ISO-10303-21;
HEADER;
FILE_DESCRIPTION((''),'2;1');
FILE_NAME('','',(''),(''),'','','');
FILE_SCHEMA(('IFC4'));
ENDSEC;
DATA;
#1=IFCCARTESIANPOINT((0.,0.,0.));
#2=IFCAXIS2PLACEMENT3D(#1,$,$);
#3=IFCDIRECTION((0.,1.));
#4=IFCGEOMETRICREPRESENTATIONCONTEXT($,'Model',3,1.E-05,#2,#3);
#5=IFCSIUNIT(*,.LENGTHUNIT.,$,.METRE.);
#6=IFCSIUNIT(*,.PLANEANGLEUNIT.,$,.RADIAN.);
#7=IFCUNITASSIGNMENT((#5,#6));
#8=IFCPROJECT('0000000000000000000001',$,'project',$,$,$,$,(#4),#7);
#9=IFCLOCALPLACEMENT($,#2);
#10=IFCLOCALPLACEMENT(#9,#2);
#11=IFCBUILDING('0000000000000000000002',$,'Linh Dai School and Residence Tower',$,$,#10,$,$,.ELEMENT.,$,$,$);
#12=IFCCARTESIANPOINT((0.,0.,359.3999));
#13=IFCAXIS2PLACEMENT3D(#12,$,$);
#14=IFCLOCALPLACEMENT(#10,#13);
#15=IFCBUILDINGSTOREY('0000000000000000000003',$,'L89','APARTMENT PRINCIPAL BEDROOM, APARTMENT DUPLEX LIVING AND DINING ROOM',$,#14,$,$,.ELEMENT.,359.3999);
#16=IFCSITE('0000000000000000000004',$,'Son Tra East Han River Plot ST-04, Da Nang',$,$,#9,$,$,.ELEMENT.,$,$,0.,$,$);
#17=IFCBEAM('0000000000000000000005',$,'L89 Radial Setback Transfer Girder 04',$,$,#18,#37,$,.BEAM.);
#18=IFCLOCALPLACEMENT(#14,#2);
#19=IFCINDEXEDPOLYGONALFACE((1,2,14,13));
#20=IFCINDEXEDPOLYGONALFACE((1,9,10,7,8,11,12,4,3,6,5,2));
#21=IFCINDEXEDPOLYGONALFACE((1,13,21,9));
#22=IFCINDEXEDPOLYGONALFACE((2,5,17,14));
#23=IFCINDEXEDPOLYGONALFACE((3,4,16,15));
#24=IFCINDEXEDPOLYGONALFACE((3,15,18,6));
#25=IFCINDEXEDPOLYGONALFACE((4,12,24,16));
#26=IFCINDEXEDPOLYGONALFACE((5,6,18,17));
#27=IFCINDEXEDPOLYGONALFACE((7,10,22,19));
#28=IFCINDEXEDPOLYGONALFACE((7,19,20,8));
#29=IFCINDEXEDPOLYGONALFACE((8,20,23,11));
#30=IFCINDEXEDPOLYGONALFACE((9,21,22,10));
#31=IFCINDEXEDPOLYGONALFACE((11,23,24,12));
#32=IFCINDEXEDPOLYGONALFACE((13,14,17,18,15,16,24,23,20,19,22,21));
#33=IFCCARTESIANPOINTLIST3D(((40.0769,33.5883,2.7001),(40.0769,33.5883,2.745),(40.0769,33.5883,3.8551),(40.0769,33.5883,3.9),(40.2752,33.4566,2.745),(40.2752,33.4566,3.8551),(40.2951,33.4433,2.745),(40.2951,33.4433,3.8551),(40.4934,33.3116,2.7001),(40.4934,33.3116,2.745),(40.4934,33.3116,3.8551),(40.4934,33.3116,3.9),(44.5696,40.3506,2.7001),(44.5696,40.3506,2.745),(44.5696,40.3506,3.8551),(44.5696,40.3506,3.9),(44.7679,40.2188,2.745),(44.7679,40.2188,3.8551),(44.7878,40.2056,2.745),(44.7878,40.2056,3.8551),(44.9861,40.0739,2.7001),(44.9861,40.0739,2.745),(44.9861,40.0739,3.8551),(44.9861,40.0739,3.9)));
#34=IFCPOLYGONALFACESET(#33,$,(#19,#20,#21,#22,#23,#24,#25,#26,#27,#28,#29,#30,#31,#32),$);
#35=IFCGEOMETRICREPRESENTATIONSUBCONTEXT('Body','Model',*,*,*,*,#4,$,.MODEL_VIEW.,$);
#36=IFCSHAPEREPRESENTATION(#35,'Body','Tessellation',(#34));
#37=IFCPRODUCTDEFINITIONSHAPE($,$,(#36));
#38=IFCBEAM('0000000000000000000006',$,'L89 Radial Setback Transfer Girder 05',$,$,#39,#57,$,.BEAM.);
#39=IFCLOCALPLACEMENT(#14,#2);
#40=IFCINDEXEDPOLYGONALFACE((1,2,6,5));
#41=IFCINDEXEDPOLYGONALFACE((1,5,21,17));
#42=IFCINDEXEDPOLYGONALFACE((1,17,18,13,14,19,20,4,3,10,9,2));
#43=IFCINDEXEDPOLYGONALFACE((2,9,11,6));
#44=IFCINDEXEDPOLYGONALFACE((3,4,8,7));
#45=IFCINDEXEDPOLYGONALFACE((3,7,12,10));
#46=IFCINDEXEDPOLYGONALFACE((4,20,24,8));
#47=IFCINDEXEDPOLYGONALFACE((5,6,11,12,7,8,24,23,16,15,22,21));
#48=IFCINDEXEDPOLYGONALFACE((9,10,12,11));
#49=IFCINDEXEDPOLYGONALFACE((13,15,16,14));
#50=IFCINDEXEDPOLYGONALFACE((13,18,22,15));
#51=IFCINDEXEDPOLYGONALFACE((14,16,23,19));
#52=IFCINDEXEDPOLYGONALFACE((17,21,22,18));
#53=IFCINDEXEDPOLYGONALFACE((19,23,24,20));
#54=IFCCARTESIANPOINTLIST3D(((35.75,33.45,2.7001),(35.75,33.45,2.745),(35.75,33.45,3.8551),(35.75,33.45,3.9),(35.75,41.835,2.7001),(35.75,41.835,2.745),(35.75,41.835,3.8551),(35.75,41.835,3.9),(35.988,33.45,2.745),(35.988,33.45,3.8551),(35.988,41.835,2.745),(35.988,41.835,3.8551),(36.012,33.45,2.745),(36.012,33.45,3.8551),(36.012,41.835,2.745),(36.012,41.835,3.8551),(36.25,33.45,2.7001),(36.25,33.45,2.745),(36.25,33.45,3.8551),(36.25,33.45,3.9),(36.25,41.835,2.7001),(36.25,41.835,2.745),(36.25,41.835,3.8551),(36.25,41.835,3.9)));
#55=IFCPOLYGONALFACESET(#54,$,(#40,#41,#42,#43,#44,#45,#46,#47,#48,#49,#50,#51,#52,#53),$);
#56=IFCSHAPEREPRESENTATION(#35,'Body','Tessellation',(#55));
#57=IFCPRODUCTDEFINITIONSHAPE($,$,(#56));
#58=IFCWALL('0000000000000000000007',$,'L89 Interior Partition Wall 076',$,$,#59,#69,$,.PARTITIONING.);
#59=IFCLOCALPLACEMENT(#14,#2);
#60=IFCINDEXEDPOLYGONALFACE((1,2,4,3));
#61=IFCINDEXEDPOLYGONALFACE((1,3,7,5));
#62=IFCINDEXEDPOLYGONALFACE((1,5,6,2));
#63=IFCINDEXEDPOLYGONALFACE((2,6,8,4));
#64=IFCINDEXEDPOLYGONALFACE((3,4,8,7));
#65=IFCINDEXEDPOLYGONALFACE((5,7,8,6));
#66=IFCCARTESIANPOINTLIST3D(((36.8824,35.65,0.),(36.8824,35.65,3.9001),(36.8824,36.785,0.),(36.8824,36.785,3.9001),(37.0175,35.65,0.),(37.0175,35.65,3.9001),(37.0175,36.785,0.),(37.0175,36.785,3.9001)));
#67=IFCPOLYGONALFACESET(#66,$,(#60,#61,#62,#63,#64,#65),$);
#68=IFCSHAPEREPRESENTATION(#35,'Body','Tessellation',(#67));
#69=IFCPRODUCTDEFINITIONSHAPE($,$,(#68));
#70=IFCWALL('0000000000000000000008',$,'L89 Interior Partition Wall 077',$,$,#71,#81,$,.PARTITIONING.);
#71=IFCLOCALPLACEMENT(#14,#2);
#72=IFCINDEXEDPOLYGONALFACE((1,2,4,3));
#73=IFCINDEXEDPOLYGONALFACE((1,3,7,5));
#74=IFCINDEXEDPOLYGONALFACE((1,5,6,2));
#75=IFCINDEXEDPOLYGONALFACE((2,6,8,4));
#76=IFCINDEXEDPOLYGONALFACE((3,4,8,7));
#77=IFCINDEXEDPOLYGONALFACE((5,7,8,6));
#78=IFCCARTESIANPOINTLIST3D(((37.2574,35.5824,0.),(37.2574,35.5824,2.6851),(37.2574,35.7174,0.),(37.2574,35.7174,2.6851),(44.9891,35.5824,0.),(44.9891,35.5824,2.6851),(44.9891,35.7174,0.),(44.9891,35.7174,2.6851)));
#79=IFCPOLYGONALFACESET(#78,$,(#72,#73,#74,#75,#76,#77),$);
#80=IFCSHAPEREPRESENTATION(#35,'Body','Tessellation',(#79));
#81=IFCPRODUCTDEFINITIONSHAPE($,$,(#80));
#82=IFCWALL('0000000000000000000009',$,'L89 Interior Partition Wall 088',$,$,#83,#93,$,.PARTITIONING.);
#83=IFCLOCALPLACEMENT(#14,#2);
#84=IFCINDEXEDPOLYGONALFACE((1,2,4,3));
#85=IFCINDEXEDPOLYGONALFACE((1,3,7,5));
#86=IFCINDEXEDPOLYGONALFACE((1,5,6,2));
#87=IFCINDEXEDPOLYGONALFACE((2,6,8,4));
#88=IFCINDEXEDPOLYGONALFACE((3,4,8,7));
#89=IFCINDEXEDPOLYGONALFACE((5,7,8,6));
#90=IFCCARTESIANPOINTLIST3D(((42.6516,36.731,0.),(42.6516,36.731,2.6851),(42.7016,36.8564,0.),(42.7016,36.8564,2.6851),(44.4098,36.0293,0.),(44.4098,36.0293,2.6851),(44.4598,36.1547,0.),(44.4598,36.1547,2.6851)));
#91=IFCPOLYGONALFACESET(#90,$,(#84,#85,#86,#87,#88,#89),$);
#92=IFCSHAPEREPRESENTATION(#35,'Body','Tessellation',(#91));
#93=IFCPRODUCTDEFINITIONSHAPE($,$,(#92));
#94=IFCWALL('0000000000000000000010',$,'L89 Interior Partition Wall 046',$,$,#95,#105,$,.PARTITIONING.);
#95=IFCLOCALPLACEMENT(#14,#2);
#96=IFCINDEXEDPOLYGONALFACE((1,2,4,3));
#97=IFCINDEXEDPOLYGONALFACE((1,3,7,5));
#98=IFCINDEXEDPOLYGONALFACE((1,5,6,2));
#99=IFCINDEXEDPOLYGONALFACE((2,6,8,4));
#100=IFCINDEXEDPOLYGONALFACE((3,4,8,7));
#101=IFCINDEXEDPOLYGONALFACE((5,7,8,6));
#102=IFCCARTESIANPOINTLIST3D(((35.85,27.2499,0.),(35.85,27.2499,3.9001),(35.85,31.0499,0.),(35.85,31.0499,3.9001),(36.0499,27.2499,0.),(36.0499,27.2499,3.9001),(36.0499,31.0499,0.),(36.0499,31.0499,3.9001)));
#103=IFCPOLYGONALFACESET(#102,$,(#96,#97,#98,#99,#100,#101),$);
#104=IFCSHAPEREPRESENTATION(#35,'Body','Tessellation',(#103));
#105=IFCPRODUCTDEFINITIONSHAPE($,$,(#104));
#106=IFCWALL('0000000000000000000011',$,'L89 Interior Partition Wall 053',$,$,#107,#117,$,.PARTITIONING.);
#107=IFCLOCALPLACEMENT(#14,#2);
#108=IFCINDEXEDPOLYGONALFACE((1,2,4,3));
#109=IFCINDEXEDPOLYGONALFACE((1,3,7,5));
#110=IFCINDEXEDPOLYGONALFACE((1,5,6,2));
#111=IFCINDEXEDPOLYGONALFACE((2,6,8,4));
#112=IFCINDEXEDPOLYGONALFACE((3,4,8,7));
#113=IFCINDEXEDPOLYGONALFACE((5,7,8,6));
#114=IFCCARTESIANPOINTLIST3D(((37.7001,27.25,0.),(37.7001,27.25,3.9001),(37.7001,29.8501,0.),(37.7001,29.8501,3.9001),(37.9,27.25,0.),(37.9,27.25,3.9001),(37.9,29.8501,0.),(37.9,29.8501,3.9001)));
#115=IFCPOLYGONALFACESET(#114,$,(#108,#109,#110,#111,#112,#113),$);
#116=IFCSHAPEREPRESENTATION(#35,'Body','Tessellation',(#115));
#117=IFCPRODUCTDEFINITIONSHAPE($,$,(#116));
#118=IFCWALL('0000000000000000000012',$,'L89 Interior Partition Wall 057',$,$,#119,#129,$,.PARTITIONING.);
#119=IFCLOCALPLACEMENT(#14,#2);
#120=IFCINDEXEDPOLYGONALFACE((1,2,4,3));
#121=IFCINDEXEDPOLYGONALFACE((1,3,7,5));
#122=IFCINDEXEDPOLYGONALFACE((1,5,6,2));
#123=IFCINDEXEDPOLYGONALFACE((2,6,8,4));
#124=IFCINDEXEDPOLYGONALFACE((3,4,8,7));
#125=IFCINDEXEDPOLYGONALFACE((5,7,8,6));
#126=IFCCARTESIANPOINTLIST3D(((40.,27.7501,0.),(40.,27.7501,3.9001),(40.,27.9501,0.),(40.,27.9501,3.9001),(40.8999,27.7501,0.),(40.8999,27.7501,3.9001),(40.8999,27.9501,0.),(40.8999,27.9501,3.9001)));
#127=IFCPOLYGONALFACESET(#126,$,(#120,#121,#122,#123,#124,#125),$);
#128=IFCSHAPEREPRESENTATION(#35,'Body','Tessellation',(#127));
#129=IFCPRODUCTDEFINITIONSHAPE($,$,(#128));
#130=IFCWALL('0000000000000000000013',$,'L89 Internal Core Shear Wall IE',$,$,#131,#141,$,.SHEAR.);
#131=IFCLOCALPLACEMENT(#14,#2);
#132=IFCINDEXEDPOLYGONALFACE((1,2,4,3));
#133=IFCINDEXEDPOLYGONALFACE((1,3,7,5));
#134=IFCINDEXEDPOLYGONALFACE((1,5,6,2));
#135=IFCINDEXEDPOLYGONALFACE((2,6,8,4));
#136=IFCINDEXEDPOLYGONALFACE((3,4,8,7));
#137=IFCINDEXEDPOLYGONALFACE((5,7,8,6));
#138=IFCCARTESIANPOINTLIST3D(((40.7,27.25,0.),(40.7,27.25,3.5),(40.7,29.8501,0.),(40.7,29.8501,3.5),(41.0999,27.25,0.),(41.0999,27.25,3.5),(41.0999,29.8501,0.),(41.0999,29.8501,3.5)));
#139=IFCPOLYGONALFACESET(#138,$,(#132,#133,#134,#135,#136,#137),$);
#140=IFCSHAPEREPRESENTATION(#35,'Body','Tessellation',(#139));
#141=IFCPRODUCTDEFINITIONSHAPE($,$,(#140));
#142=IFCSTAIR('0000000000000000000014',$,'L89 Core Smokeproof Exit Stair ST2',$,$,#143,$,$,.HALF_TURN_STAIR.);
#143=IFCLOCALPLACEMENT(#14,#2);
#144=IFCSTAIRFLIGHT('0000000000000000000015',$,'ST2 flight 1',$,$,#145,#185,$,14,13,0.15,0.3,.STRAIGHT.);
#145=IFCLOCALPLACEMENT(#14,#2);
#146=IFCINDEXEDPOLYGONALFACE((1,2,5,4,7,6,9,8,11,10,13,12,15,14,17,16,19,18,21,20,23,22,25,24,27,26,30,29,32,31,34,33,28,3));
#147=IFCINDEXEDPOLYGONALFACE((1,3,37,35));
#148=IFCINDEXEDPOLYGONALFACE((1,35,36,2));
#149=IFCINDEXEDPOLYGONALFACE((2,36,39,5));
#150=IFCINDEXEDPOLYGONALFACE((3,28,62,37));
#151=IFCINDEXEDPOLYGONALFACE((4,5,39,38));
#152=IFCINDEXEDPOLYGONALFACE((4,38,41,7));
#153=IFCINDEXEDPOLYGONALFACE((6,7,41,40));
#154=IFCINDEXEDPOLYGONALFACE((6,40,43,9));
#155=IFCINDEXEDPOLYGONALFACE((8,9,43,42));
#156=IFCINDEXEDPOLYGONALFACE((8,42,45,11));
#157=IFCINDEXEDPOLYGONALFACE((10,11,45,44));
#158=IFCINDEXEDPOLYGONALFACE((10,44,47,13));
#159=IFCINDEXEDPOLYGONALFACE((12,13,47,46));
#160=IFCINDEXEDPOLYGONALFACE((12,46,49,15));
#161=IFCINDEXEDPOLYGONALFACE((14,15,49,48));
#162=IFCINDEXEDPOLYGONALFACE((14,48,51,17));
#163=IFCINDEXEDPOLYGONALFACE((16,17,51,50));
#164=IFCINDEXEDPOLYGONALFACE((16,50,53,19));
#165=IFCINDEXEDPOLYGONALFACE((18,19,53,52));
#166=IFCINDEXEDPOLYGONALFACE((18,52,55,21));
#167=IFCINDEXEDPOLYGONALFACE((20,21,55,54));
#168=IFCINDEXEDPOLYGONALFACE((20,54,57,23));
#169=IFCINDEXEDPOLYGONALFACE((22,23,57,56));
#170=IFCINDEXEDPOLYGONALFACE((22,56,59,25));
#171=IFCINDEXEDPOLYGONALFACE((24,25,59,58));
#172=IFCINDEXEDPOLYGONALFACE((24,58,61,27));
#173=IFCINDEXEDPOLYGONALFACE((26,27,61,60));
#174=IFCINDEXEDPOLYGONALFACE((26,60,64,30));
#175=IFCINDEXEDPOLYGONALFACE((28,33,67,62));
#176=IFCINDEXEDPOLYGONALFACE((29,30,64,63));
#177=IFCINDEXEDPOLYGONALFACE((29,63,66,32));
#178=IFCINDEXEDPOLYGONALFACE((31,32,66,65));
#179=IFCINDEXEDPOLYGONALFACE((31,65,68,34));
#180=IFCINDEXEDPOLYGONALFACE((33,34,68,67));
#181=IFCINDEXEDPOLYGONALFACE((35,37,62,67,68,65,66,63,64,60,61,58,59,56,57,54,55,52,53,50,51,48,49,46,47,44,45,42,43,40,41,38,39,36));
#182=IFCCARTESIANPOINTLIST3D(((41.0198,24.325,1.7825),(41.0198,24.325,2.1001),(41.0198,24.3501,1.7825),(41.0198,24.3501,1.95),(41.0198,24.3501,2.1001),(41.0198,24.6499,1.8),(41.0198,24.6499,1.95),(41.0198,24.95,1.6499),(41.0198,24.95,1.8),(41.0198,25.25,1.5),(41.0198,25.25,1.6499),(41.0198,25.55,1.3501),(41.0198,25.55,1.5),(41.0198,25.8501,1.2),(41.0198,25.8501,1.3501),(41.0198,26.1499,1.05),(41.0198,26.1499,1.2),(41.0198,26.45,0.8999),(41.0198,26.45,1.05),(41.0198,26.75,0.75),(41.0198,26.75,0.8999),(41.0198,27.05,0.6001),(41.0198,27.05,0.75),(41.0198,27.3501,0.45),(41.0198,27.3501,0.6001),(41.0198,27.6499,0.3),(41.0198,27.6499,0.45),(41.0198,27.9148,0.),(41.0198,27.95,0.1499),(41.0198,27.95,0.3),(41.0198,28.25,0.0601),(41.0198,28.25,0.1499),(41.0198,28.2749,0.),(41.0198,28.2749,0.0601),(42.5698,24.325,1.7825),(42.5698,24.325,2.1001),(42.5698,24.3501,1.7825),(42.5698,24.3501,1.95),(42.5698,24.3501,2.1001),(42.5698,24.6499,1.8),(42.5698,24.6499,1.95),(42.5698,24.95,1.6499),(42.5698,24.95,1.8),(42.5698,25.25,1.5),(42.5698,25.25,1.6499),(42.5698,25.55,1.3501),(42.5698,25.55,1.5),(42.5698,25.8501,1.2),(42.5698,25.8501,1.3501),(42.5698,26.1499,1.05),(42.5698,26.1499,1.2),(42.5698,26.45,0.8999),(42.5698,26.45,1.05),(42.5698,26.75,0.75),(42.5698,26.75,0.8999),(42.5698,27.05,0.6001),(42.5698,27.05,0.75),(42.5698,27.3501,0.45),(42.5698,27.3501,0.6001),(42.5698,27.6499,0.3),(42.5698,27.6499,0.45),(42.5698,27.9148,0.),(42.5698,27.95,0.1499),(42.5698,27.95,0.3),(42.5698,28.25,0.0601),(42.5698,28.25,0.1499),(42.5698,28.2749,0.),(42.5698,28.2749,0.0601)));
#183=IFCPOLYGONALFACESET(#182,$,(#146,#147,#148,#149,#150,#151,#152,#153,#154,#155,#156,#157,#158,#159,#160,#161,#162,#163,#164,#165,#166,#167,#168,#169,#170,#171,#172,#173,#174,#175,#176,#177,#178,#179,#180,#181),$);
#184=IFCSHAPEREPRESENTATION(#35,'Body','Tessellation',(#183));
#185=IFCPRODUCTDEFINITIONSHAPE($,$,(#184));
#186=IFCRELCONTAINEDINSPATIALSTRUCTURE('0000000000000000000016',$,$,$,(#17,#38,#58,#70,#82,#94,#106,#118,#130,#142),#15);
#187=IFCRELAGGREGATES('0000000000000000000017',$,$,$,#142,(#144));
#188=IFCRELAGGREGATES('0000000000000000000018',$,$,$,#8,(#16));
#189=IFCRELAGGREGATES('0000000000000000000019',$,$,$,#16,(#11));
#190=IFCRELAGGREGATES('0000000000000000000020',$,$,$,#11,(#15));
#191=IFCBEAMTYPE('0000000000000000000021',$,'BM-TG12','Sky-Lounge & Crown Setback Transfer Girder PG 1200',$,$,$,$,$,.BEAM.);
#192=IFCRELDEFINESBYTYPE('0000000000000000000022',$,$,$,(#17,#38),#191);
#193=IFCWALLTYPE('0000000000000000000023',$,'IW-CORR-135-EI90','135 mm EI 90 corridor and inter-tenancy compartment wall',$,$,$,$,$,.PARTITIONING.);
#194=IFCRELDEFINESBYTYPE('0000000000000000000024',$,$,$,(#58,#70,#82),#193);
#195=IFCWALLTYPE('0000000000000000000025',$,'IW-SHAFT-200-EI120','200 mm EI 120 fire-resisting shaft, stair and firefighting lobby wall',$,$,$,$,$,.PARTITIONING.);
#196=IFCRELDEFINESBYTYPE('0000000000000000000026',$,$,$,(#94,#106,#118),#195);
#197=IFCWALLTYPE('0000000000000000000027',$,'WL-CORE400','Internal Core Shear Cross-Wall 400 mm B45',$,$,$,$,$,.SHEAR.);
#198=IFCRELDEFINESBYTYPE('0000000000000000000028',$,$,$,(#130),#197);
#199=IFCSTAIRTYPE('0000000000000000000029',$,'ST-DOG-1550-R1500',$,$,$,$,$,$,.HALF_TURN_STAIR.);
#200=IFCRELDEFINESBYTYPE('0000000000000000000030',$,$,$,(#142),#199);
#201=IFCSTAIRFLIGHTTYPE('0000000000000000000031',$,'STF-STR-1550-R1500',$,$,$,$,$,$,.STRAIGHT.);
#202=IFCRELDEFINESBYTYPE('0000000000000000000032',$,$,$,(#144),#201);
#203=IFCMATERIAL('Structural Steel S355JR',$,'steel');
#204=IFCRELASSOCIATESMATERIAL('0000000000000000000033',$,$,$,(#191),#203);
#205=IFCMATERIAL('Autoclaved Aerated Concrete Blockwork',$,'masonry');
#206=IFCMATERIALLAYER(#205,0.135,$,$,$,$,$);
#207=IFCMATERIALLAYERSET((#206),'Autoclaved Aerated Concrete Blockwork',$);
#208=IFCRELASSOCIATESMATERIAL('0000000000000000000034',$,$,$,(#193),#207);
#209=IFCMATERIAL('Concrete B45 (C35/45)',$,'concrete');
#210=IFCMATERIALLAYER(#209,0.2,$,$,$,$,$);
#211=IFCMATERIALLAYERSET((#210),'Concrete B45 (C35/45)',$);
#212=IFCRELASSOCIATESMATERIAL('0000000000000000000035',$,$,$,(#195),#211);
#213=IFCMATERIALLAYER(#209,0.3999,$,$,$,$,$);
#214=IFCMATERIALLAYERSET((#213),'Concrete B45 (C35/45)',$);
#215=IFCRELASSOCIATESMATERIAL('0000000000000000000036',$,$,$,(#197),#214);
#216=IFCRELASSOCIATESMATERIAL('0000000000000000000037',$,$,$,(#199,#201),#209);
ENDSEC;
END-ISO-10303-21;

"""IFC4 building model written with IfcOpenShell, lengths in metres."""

from ifc_helpers import new_model, si_unit, direction, frame, frame_2d, origin, origin_2d, place, context, subcontext, project, spatial, polyline, rectangle, i_section, outline, extrude, source, transform, mapped, material, layer, layer_set, material_profile, profile_set, type_object, element, aggregate, save


model = new_model("IFC4")

# Units and contexts
model_context = context("Model", 3, precision=1e-05, world=origin(), true_north=direction((0.0, 1.0)))
body_context = subcontext(model_context, "Body", "Model", "MODEL_VIEW")
ifc_project = project(units=[si_unit("LENGTHUNIT", "METRE"), si_unit("PLANEANGLEUNIT", "RADIAN")], contexts=[model_context])

# Site, building, storey
site_placement = place(None, origin())
site = spatial("IfcSite", under=ifc_project, at=site_placement, Name="Son Tra East Han River Plot ST-04, Da Nang", CompositionType="ELEMENT", RefElevation=0.0)
building_placement = place(site_placement, origin())
building = spatial("IfcBuilding", under=site, at=building_placement, Name="Linh Dai School and Residence Tower", CompositionType="ELEMENT")
storey_placement = place(building_placement, frame((0.0, 0.0, 359.3999)))
storey = spatial("IfcBuildingStorey", under=building, at=storey_placement, Name="L89", Description="APARTMENT PRINCIPAL BEDROOM, APARTMENT DUPLEX LIVING AND DINING ROOM", CompositionType="ELEMENT", Elevation=359.3999)

# Shared definitions
ifc_material_1 = material(Name="Structural Steel S355JR", Category="steel")

# Beams
ifc_material_profile_1 = material_profile(ifc_material_1, i_section(OverallWidth=0.5, OverallDepth=1.2, WebThickness=0.0239, FlangeThickness=0.0449, at=origin_2d()), Name="PG 1200x500x24x45")
ifc_profile_set_1 = profile_set([ifc_material_profile_1], Name="Structural Steel S355JR")
beam_type_1 = type_object("IfcBeamType", Name="BM-TG12", Description="Sky-Lounge & Crown Setback Transfer Girder PG 1200", PredefinedType="BEAM", material=ifc_profile_set_1)
beam_1_placement = place(storey_placement, frame((40.2852, 33.45, 3.3), z_axis=(0.553381, 0.832928, 0.0), x_axis=(-0.832928, 0.553381, 0.0)))
element("IfcBeam", 1, at=beam_1_placement, inside=storey, type_object=beam_type_1, Name="L89 Radial Setback Transfer Girder 04", PredefinedType="BEAM", context=body_context, shape_type="SweptSolid", body=[
    extrude(i_section(OverallWidth=0.5, OverallDepth=1.2, WebThickness=0.0239, FlangeThickness=0.0449, at=origin_2d()), origin(), (0.0, 0.0, 1.0), 8.1187),
])
beam_2_placement = place(storey_placement, frame((36.0, 33.45, 3.3), z_axis=(0.0, 1.0, 0.0), x_axis=(-1.0, 0.0, 0.0)))
element("IfcBeam", 2, at=beam_2_placement, inside=storey, type_object=beam_type_1, Name="L89 Radial Setback Transfer Girder 05", PredefinedType="BEAM", context=body_context, shape_type="SweptSolid", body=[
    extrude(i_section(OverallWidth=0.5, OverallDepth=1.2, WebThickness=0.0239, FlangeThickness=0.0449, at=origin_2d()), origin(), (0.0, 0.0, 1.0), 8.385),
])

# Walls
ifc_material_2 = material(Name="Autoclaved Aerated Concrete Blockwork", Category="masonry")
ifc_layer_1 = layer(ifc_material_2, 0.135)
ifc_layer_set_1 = layer_set([ifc_layer_1], Name="Autoclaved Aerated Concrete Blockwork")
wall_type_1 = type_object("IfcWallType", Name="IW-CORR-135-EI90", Description="135 mm EI 90 corridor and inter-tenancy compartment wall", PredefinedType="PARTITIONING", material=ifc_layer_set_1)
wall_1_placement = place(storey_placement, frame((36.95, 36.7849, 0.0), z_axis=(0.0, 0.0, 1.0), x_axis=(0.0, -1.0, 0.0)))
element("IfcWall", 3, at=wall_1_placement, inside=storey, type_object=wall_type_1, Name="L89 Interior Partition Wall 076", PredefinedType="PARTITIONING", context=body_context, shape_type="SweptSolid", body=[
    extrude(rectangle(XDim=1.135, YDim=0.135, at=frame_2d((0.5674, 0.0))), origin(), (0.0, 0.0, 1.0), 3.9001),
])
wall_2_placement = place(storey_placement, frame((37.2576, 35.6499, 0.0), z_axis=(0.0, 0.0, 1.0), x_axis=(1.0, 0.0, 0.0)))
element("IfcWall", 4, at=wall_2_placement, inside=storey, type_object=wall_type_1, Name="L89 Interior Partition Wall 077", PredefinedType="PARTITIONING", context=body_context, shape_type="SweptSolid", body=[
    extrude(rectangle(XDim=7.7317, YDim=0.135, at=frame_2d((3.8657, 0.0))), origin(), (0.0, 0.0, 1.0), 2.6851),
])
wall_3_placement = place(storey_placement, frame((44.4348, 36.092, 0.0), z_axis=(0.0, 0.0, 1.0), x_axis=(-0.928779, 0.370635, 0.0)))
element("IfcWall", 5, at=wall_3_placement, inside=storey, type_object=wall_type_1, Name="L89 Interior Partition Wall 088", PredefinedType="PARTITIONING", context=body_context, shape_type="SweptSolid", body=[
    extrude(rectangle(XDim=1.8931, YDim=0.135, at=frame_2d((0.9465, 0.0))), origin(), (0.0, 0.0, 1.0), 2.6851),
])
ifc_material_3 = material(Name="Concrete B45 (C35/45)", Category="concrete")
ifc_layer_2 = layer(ifc_material_3, 0.2)
ifc_layer_set_2 = layer_set([ifc_layer_2], Name="Concrete B45 (C35/45)")
wall_type_2 = type_object("IfcWallType", Name="IW-SHAFT-200-EI120", Description="200 mm EI 120 fire-resisting shaft, stair and firefighting lobby wall", PredefinedType="PARTITIONING", material=ifc_layer_set_2)
wall_4_placement = place(storey_placement, frame((35.95, 27.25, 0.0), z_axis=(0.0, 0.0, 1.0), x_axis=(0.0, 1.0, 0.0)))
element("IfcWall", 6, at=wall_4_placement, inside=storey, type_object=wall_type_2, Name="L89 Interior Partition Wall 046", PredefinedType="PARTITIONING", context=body_context, shape_type="SweptSolid", body=[
    extrude(rectangle(XDim=3.8, YDim=0.2, at=frame_2d((1.8999, 0.0))), origin(), (0.0, 0.0, 1.0), 3.9001),
])

# Walls
wall_5_placement = place(storey_placement, frame((37.8, 27.25, 0.0), z_axis=(0.0, 0.0, 1.0), x_axis=(0.0, 1.0, 0.0)))
element("IfcWall", 7, at=wall_5_placement, inside=storey, type_object=wall_type_2, Name="L89 Interior Partition Wall 053", PredefinedType="PARTITIONING", context=body_context, shape_type="SweptSolid", body=[
    extrude(rectangle(XDim=2.6001, YDim=0.2, at=frame_2d((1.3, 0.0))), origin(), (0.0, 0.0, 1.0), 3.9001),
])
wall_6_placement = place(storey_placement, frame((40.0, 27.8501, 0.0), z_axis=(0.0, 0.0, 1.0), x_axis=(1.0, 0.0, 0.0)))
element("IfcWall", 8, at=wall_6_placement, inside=storey, type_object=wall_type_2, Name="L89 Interior Partition Wall 057", PredefinedType="PARTITIONING", context=body_context, shape_type="SweptSolid", body=[
    extrude(rectangle(XDim=0.8999, YDim=0.2, at=frame_2d((0.45, 0.0))), origin(), (0.0, 0.0, 1.0), 3.9001),
])
ifc_layer_3 = layer(ifc_material_3, 0.3999)
ifc_layer_set_3 = layer_set([ifc_layer_3], Name="Concrete B45 (C35/45)")
wall_type_3 = type_object("IfcWallType", Name="WL-CORE400", Description="Internal Core Shear Cross-Wall 400 mm B45", PredefinedType="SHEAR", material=ifc_layer_set_3)
wall_7_placement = place(storey_placement, frame((40.8999, 27.25, 0.0), z_axis=(0.0, 0.0, 1.0), x_axis=(0.0, 1.0, 0.0)))
element("IfcWall", 9, at=wall_7_placement, inside=storey, type_object=wall_type_3, Name="L89 Internal Core Shear Wall IE", PredefinedType="SHEAR", context=body_context, shape_type="SweptSolid", body=[
    extrude(rectangle(XDim=2.6001, YDim=0.3999, at=frame_2d((1.3, 0.0))), origin(), (0.0, 0.0, 1.0), 3.5),
])

# Stair, stair flight
stair_type = type_object("IfcStairType", Name="ST-DOG-1550-R1500", PredefinedType="HALF_TURN_STAIR", material=ifc_material_3)
stair_placement = place(storey_placement, origin())
stair = element("IfcStair", 10, at=stair_placement, inside=storey, type_object=stair_type, Name="L89 Core Smokeproof Exit Stair ST2", PredefinedType="HALF_TURN_STAIR")
stair_flight_type = type_object("IfcStairFlightType", Name="STF-STR-1550-R1500", PredefinedType="STRAIGHT", material=ifc_material_3)
shared_shape_1 = source(origin(), body_context, "Body", "SweptSolid", [
    extrude(outline(polyline([(-0.0249, 0.0), (-0.0249, 0.0601), (0.0, 0.0601), (0.0, 0.1499), (0.3, 0.1499), (0.3, 0.3), (0.6001, 0.3), (0.6001, 0.45), (0.8999, 0.45), (0.8999, 0.6001), (1.2, 0.6001), (1.2, 0.75), (1.5, 0.75), (1.5, 0.8999), (1.8, 0.8999), (1.8, 1.05), (2.1001, 1.05), (2.1001, 1.2), (2.3999, 1.2), (2.3999, 1.3501), (2.7, 1.3501), (2.7, 1.5), (3.0, 1.5), (3.0, 1.6499), (3.3, 1.6499), (3.3, 1.8), (3.6001, 1.8), (3.6001, 1.95), (3.8999, 1.95), (3.8999, 2.1001), (3.925, 2.1001), (3.925, 1.7825), (3.8999, 1.7825), (0.3352, 0.0), (-0.0249, 0.0)])), frame((0.0, 0.7749, 0.0), z_axis=(0.0, -1.0, 0.0), x_axis=(1.0, 0.0, 0.0)), (0.0, 0.0, 1.0), 1.55),
])
stair_flight_placement = place(storey_placement, frame((41.7949, 28.25, 0.0), z_axis=(0.0, 0.0, 1.0), x_axis=(0.0, -1.0, 0.0)))
stair_flight = element("IfcStairFlight", 11, at=stair_flight_placement, type_object=stair_flight_type, Name="ST2 flight 1", NumberOfRisers=14, NumberOfTreads=13, PredefinedType="STRAIGHT", RiserHeight=0.15, TreadLength=0.3, context=body_context, shape_type="MappedRepresentation", body=[
    mapped(shared_shape_1, transform((0.0, 0.0, 0.0), x_axis=(1.0, 0.0, 0.0), y_axis=(0.0, 1.0, 0.0), z_axis=(0.0, 0.0, 1.0), scale=1.0)),
])
aggregate(stair, [stair_flight])

save(model, "model.ifc")
